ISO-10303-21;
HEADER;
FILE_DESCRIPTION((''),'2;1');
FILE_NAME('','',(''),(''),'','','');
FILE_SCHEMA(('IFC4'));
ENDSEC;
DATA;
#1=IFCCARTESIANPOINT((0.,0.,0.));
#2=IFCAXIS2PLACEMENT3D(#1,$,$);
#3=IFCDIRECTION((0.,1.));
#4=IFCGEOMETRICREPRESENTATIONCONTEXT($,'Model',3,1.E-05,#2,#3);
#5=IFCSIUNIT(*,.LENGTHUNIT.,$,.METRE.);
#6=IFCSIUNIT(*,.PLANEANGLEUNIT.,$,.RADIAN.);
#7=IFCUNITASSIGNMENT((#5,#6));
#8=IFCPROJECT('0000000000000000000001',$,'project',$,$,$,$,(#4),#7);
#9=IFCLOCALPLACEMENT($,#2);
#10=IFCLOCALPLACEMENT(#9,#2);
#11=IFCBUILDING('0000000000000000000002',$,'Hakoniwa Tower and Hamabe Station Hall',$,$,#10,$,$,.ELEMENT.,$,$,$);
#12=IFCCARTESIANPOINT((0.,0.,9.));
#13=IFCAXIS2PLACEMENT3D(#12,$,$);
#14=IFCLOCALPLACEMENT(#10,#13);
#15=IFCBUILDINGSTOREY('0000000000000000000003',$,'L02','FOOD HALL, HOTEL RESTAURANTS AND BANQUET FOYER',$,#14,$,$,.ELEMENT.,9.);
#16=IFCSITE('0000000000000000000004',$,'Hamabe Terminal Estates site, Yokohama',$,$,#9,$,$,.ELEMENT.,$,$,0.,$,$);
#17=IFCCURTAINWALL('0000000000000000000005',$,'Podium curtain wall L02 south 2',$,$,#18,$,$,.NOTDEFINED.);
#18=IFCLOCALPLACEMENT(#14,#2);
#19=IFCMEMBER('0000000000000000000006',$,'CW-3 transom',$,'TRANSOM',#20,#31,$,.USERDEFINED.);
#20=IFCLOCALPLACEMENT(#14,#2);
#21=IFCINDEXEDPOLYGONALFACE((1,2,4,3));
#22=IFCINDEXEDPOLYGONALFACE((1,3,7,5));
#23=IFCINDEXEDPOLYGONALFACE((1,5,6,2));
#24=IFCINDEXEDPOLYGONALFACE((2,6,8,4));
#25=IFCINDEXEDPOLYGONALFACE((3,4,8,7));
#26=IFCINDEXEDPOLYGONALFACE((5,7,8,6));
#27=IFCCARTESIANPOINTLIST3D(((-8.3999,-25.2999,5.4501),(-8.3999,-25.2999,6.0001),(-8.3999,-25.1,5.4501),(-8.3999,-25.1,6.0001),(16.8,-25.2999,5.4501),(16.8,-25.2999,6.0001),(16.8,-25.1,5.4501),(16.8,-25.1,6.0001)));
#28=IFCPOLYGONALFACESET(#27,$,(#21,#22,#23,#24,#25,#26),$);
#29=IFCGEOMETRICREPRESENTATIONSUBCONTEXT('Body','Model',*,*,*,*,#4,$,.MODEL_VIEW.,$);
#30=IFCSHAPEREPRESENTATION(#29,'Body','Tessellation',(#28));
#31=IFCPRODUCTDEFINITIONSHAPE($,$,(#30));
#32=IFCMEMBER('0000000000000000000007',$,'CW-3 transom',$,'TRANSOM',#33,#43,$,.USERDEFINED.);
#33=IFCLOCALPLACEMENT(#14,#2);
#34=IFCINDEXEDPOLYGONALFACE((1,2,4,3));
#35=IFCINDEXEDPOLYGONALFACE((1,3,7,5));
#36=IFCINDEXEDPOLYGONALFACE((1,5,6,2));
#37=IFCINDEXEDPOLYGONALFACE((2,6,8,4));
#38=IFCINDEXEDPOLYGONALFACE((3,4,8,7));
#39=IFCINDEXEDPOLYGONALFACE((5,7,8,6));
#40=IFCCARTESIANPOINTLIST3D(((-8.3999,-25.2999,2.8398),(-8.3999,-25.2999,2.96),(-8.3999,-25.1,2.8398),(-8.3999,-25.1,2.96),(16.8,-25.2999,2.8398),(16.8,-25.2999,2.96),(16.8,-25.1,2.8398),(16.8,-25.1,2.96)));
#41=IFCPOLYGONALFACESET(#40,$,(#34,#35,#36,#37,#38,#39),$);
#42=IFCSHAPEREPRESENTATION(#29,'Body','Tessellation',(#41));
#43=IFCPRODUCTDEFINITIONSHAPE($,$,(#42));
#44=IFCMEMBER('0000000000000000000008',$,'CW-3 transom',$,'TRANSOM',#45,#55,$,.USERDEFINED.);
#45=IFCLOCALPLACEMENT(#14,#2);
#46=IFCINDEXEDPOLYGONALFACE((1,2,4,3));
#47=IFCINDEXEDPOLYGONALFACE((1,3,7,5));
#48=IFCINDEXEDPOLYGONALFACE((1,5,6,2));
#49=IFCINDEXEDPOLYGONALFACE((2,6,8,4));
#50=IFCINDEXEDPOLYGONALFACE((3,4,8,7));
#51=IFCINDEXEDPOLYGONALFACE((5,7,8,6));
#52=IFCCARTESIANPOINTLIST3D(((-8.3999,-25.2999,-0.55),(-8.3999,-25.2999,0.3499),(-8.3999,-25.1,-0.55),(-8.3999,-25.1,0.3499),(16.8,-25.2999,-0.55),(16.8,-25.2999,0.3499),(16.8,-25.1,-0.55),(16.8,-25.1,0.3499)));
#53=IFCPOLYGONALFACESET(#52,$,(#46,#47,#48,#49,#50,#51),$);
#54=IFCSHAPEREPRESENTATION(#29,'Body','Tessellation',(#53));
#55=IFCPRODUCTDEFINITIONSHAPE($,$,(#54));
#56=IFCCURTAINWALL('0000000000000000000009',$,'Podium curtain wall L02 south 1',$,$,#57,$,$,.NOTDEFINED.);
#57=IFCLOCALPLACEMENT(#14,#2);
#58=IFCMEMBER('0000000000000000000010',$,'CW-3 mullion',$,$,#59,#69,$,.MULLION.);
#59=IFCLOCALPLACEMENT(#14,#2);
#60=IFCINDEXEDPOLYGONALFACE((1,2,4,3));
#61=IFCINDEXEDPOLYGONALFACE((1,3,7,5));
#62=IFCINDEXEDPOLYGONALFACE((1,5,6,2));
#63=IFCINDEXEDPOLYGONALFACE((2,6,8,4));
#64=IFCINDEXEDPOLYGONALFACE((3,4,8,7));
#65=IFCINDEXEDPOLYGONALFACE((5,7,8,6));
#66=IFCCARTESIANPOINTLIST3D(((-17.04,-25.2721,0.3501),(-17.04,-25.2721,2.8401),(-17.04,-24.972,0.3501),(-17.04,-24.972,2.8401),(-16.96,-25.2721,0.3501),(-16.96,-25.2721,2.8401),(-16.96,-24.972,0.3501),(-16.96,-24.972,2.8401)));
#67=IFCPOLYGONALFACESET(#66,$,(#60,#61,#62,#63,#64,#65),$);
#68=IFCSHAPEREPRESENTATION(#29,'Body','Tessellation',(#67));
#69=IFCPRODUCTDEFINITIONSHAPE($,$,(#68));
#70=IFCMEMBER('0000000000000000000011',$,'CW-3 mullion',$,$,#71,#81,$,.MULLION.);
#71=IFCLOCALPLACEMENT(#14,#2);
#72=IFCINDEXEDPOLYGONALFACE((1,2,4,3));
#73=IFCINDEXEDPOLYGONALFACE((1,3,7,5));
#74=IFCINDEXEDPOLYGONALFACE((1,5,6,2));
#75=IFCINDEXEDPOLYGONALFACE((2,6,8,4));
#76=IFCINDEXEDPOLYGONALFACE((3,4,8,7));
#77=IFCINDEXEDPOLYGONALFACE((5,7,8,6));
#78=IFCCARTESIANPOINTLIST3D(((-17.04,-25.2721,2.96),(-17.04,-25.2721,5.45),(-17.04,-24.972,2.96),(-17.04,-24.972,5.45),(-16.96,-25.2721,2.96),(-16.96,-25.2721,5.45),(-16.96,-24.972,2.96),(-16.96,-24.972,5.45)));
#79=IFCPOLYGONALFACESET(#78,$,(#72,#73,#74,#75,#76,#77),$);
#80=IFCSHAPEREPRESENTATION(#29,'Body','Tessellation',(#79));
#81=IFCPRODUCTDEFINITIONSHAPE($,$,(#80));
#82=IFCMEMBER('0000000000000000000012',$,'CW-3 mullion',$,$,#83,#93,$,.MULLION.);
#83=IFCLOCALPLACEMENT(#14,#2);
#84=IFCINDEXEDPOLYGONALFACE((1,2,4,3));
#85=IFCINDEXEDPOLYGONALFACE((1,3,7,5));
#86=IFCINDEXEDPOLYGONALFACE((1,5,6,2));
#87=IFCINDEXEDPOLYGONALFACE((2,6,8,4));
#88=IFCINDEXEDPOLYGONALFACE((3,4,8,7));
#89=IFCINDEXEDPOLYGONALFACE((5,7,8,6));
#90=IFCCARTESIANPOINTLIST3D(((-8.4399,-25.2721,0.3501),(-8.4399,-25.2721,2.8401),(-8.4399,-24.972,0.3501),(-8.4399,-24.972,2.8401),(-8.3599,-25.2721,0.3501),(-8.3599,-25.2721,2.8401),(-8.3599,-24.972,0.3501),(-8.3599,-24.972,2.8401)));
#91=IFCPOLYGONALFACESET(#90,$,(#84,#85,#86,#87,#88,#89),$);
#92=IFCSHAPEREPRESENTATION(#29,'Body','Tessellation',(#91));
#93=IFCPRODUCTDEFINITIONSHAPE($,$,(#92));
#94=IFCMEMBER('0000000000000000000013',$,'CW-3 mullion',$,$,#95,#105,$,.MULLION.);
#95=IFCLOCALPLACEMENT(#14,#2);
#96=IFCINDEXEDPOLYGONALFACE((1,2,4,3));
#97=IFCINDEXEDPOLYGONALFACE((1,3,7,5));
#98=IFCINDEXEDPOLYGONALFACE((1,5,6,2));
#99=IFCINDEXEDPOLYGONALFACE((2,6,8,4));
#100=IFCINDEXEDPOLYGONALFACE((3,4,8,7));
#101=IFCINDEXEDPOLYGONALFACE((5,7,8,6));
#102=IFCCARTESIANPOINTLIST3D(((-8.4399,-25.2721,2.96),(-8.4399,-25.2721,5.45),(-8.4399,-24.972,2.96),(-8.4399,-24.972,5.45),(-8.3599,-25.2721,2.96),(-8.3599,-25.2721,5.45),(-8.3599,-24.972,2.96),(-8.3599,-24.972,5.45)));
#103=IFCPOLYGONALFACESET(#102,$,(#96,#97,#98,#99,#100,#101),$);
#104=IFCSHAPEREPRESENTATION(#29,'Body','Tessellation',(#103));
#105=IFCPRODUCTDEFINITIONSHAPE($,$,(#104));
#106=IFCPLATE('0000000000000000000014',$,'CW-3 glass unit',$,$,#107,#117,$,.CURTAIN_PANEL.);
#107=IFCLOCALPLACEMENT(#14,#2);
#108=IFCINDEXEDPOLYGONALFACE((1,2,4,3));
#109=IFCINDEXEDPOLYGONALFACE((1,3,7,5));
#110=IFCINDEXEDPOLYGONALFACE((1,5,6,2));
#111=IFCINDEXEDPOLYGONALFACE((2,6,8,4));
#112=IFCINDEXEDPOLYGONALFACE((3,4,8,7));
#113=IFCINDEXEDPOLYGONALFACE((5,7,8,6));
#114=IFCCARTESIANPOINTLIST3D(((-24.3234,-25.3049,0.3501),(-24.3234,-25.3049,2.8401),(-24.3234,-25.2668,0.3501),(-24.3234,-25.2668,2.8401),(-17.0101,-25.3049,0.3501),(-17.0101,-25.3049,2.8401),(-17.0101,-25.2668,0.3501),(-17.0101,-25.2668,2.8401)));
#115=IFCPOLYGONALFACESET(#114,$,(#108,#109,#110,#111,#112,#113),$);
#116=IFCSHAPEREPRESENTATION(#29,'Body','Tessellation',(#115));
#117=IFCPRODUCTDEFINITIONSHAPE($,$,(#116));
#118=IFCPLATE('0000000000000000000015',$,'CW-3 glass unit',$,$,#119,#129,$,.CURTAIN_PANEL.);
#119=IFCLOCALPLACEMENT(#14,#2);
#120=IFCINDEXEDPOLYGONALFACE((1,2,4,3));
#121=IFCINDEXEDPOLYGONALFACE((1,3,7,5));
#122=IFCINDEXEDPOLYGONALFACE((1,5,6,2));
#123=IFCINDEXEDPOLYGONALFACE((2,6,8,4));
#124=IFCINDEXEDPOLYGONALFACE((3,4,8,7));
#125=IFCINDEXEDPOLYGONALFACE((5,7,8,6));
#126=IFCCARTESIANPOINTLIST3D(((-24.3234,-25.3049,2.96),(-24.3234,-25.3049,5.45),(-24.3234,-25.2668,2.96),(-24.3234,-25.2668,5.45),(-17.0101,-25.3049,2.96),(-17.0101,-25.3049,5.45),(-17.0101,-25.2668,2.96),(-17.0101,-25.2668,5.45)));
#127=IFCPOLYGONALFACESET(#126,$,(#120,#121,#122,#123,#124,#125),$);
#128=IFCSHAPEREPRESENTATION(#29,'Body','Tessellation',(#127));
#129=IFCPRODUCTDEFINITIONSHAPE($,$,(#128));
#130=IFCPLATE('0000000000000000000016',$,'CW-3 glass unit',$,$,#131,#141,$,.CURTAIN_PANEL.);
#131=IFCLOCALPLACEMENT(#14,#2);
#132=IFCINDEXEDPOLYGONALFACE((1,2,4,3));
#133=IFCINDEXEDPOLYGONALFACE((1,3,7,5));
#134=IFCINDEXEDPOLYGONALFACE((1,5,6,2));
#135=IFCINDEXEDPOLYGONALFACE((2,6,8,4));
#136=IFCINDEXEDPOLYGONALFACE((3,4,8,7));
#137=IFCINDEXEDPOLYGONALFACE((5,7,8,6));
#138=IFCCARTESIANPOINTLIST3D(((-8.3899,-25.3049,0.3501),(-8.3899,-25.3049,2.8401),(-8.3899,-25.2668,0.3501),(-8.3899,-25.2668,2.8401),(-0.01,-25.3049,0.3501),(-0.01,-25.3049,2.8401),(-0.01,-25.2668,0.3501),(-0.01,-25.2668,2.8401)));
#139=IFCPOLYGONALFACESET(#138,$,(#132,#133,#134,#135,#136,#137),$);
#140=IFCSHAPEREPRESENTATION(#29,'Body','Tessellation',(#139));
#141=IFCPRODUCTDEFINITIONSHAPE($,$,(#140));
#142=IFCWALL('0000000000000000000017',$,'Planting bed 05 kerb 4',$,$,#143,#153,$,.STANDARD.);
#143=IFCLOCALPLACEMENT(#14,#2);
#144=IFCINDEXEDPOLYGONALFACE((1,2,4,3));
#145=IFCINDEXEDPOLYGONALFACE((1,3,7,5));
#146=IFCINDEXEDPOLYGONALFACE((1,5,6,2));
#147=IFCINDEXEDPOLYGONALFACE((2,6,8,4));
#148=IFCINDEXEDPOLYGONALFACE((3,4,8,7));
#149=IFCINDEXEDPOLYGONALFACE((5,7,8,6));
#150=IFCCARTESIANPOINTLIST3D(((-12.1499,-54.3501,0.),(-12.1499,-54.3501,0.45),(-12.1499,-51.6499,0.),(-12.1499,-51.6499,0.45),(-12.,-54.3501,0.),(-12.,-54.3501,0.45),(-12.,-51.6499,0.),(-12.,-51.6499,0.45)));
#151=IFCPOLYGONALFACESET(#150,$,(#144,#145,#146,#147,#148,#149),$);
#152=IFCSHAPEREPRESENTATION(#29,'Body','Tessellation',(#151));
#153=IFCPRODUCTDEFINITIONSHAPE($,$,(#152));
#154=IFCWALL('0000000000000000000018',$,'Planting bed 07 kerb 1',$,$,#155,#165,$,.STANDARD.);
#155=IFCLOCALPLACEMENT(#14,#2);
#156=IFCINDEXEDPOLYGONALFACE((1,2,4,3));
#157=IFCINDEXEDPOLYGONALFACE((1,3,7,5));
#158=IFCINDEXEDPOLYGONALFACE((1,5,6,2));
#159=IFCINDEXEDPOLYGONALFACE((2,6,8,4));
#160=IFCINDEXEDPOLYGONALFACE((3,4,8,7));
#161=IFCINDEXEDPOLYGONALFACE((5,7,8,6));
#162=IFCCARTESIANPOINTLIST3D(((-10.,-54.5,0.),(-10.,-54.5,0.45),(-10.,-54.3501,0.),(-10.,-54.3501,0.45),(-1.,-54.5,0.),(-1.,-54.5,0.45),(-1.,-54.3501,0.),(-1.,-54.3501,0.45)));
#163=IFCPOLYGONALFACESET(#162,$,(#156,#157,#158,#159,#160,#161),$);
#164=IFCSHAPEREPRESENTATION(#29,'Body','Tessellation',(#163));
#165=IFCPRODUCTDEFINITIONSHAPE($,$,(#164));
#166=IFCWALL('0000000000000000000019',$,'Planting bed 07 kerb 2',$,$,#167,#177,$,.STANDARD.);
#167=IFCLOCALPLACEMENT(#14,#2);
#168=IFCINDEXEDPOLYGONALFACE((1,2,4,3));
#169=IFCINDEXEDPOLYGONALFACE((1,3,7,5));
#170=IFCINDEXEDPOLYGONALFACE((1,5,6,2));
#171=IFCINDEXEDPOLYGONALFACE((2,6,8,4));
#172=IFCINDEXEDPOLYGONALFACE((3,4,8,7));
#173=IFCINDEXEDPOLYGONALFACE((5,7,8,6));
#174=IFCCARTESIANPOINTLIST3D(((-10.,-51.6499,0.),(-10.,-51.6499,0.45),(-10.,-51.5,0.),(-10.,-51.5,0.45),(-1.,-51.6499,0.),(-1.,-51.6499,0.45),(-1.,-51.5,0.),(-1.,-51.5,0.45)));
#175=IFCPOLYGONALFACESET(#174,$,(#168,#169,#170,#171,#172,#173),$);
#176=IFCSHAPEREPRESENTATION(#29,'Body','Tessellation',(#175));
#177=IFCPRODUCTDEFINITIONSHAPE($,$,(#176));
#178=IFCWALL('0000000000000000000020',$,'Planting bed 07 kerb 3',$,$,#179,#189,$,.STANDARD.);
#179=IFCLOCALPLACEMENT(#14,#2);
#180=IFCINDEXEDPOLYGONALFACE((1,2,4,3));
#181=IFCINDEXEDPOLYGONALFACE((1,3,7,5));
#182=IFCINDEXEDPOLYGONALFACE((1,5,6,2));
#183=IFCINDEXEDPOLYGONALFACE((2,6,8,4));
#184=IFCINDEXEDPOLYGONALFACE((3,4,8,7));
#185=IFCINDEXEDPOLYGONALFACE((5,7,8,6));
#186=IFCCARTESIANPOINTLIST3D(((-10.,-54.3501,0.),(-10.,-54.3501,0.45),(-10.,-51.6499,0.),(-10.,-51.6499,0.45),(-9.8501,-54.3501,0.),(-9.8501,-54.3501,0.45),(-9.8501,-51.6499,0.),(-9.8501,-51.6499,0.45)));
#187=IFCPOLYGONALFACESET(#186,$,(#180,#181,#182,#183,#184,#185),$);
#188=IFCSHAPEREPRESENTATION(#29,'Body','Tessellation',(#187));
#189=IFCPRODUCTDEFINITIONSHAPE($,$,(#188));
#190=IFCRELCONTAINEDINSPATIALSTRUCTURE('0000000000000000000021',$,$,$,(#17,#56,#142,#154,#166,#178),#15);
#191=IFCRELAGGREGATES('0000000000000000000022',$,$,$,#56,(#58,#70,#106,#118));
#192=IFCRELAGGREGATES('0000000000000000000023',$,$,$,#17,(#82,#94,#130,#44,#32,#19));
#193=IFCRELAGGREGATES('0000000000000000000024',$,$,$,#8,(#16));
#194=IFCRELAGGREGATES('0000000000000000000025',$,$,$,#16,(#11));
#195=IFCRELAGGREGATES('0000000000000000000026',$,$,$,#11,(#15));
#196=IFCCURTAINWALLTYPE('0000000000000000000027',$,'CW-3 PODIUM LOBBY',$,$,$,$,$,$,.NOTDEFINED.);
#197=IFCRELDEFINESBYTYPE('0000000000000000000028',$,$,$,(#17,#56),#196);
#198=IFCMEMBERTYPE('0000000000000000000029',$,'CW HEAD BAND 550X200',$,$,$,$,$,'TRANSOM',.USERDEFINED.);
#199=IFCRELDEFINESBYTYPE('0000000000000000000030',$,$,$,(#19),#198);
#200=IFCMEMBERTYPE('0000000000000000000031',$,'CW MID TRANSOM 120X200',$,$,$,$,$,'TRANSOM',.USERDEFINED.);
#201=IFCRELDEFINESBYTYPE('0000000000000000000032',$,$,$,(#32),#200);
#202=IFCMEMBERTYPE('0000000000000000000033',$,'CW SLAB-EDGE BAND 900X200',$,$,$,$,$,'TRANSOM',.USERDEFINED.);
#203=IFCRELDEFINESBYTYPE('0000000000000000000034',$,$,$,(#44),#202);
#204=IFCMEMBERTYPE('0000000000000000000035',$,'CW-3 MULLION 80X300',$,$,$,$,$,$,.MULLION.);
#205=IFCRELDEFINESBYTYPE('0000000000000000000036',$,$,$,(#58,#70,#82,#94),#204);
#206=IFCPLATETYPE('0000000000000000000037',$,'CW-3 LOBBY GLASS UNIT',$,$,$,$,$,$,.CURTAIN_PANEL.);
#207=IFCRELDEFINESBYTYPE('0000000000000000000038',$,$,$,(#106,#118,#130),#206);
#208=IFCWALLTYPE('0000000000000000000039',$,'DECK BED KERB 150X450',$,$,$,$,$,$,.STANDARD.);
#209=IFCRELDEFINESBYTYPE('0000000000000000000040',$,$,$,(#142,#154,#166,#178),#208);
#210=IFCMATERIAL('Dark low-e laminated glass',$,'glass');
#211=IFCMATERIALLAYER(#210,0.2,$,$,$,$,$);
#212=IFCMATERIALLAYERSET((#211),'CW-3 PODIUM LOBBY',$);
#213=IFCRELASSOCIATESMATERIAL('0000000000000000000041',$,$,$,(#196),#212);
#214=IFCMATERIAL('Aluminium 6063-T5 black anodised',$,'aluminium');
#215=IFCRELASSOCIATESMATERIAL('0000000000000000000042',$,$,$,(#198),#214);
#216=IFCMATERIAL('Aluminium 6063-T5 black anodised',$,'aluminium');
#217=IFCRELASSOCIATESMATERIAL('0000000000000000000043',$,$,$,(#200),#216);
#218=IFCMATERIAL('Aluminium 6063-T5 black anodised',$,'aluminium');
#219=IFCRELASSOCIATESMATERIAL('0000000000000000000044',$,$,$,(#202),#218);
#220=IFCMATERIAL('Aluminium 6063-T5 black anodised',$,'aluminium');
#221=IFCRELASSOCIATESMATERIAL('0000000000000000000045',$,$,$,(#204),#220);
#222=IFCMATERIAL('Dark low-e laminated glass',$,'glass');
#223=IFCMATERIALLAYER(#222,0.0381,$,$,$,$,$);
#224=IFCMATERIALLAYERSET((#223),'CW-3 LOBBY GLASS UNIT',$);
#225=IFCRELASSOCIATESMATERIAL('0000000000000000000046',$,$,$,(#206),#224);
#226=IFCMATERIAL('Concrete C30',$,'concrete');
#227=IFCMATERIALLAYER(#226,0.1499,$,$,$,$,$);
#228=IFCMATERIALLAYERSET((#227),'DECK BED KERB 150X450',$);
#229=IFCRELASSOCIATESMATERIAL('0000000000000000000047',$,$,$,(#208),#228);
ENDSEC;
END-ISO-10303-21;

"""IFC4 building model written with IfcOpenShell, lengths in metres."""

from ifc_helpers import new_model, si_unit, direction, frame, frame_2d, origin, origin_2d, place, context, subcontext, project, spatial, rectangle, extrude, material, layer, layer_set, material_profile, profile_set, type_object, element, aggregate, save


model = new_model("IFC4")

# Units and contexts
model_context = context("Model", 3, precision=1e-05, world=origin(), true_north=direction((0.0, 1.0)))
body_context = subcontext(model_context, "Body", "Model", "MODEL_VIEW")
ifc_project = project(units=[si_unit("LENGTHUNIT", "METRE"), si_unit("PLANEANGLEUNIT", "RADIAN")], contexts=[model_context])

# Site, building, storey
site_placement = place(None, origin())
site = spatial("IfcSite", under=ifc_project, at=site_placement, Name="Hamabe Terminal Estates site, Yokohama", CompositionType="ELEMENT", RefElevation=0.0)
building_placement = place(site_placement, origin())
building = spatial("IfcBuilding", under=site, at=building_placement, Name="Hakoniwa Tower and Hamabe Station Hall", CompositionType="ELEMENT")
storey_placement = place(building_placement, frame((0.0, 0.0, 9.0)))
storey = spatial("IfcBuildingStorey", under=building, at=storey_placement, Name="L02", Description="FOOD HALL, HOTEL RESTAURANTS AND BANQUET FOYER", CompositionType="ELEMENT", Elevation=9.0)

# Curtain walls, members
ifc_material_1 = material(Name="Dark low-e laminated glass", Category="glass")
ifc_layer_1 = layer(ifc_material_1, 0.2)
ifc_layer_set_1 = layer_set([ifc_layer_1], Name="CW-3 PODIUM LOBBY")
curtain_wall_type = type_object("IfcCurtainWallType", Name="CW-3 PODIUM LOBBY", PredefinedType="NOTDEFINED", material=ifc_layer_set_1)
curtain_wall_1_placement = place(storey_placement, origin())
curtain_wall_1 = element("IfcCurtainWall", 1, at=curtain_wall_1_placement, inside=storey, type_object=curtain_wall_type, Name="Podium curtain wall L02 south 2", PredefinedType="NOTDEFINED")
ifc_material_2 = material(Name="Aluminium 6063-T5 black anodised", Category="aluminium")
ifc_material_profile_1 = material_profile(ifc_material_2, rectangle(XDim=0.2, YDim=0.55, at=origin_2d()), Name="CW HEAD BAND 550X200")
ifc_profile_set_1 = profile_set([ifc_material_profile_1], Name="Aluminium 6063-T5 black anodised")
member_type_1 = type_object("IfcMemberType", Name="CW HEAD BAND 550X200", ElementType="TRANSOM", PredefinedType="USERDEFINED", material=ifc_profile_set_1)
member_1_placement = place(storey_placement, frame((-8.3999, -25.2, 5.7251), z_axis=(1.0, 0.0, 0.0), x_axis=(0.0, 1.0, 0.0)))
member_1 = element("IfcMember", 2, at=member_1_placement, type_object=member_type_1, Name="CW-3 transom", ObjectType="TRANSOM", PredefinedType="USERDEFINED", context=body_context, shape_type="SweptSolid", body=[
    extrude(rectangle(XDim=0.2, YDim=0.55, at=origin_2d()), origin(), (0.0, 0.0, 1.0), 25.2),
])
ifc_material_3 = material(Name="Aluminium 6063-T5 black anodised", Category="aluminium")
ifc_material_profile_2 = material_profile(ifc_material_3, rectangle(XDim=0.2, YDim=0.1201, at=origin_2d()), Name="CW MID TRANSOM 120X200")
ifc_profile_set_2 = profile_set([ifc_material_profile_2], Name="Aluminium 6063-T5 black anodised")
member_type_2 = type_object("IfcMemberType", Name="CW MID TRANSOM 120X200", ElementType="TRANSOM", PredefinedType="USERDEFINED", material=ifc_profile_set_2)
member_2_placement = place(storey_placement, frame((-8.3999, -25.2, 2.8999), z_axis=(1.0, 0.0, 0.0), x_axis=(0.0, 1.0, 0.0)))
member_2 = element("IfcMember", 3, at=member_2_placement, type_object=member_type_2, Name="CW-3 transom", ObjectType="TRANSOM", PredefinedType="USERDEFINED", context=body_context, shape_type="SweptSolid", body=[
    extrude(rectangle(XDim=0.2, YDim=0.1201, at=origin_2d()), origin(), (0.0, 0.0, 1.0), 25.2),
])
ifc_material_4 = material(Name="Aluminium 6063-T5 black anodised", Category="aluminium")
ifc_material_profile_3 = material_profile(ifc_material_4, rectangle(XDim=0.2, YDim=0.8999, at=origin_2d()), Name="CW SLAB-EDGE BAND 900X200")
ifc_profile_set_3 = profile_set([ifc_material_profile_3], Name="Aluminium 6063-T5 black anodised")
member_type_3 = type_object("IfcMemberType", Name="CW SLAB-EDGE BAND 900X200", ElementType="TRANSOM", PredefinedType="USERDEFINED", material=ifc_profile_set_3)
member_3_placement = place(storey_placement, frame((-8.3999, -25.2, -0.1001), z_axis=(1.0, 0.0, 0.0), x_axis=(0.0, 1.0, 0.0)))
member_3 = element("IfcMember", 4, at=member_3_placement, type_object=member_type_3, Name="CW-3 transom", ObjectType="TRANSOM", PredefinedType="USERDEFINED", context=body_context, shape_type="SweptSolid", body=[
    extrude(rectangle(XDim=0.2, YDim=0.8999, at=origin_2d()), origin(), (0.0, 0.0, 1.0), 25.2),
])
curtain_wall_2_placement = place(storey_placement, origin())
curtain_wall_2 = element("IfcCurtainWall", 5, at=curtain_wall_2_placement, inside=storey, type_object=curtain_wall_type, Name="Podium curtain wall L02 south 1", PredefinedType="NOTDEFINED")
ifc_material_5 = material(Name="Aluminium 6063-T5 black anodised", Category="aluminium")
ifc_material_profile_4 = material_profile(ifc_material_5, rectangle(XDim=0.0801, YDim=0.3, at=origin_2d()), Name="CW-3 MULLION 80X300")
ifc_profile_set_4 = profile_set([ifc_material_profile_4], Name="Aluminium 6063-T5 black anodised")
member_type_4 = type_object("IfcMemberType", Name="CW-3 MULLION 80X300", PredefinedType="MULLION", material=ifc_profile_set_4)
member_4_placement = place(storey_placement, frame((-17.0, -25.1221, 0.3501), z_axis=(0.0, 0.0, 1.0), x_axis=(1.0, 0.0, 0.0)))
member_4 = element("IfcMember", 6, at=member_4_placement, type_object=member_type_4, Name="CW-3 mullion", PredefinedType="MULLION", context=body_context, shape_type="SweptSolid", body=[
    extrude(rectangle(XDim=0.0801, YDim=0.3, at=origin_2d()), origin(), (0.0, 0.0, 1.0), 2.49),
])
member_5_placement = place(storey_placement, frame((-17.0, -25.1221, 2.96), z_axis=(0.0, 0.0, 1.0), x_axis=(1.0, 0.0, 0.0)))
member_5 = element("IfcMember", 7, at=member_5_placement, type_object=member_type_4, Name="CW-3 mullion", PredefinedType="MULLION", context=body_context, shape_type="SweptSolid", body=[
    extrude(rectangle(XDim=0.0801, YDim=0.3, at=origin_2d()), origin(), (0.0, 0.0, 1.0), 2.49),
])

# Members
member_6_placement = place(storey_placement, frame((-8.3999, -25.1221, 0.3501), z_axis=(0.0, 0.0, 1.0), x_axis=(1.0, 0.0, 0.0)))
member_6 = element("IfcMember", 8, at=member_6_placement, type_object=member_type_4, Name="CW-3 mullion", PredefinedType="MULLION", context=body_context, shape_type="SweptSolid", body=[
    extrude(rectangle(XDim=0.0801, YDim=0.3, at=origin_2d()), origin(), (0.0, 0.0, 1.0), 2.49),
])
member_7_placement = place(storey_placement, frame((-8.3999, -25.1221, 2.96), z_axis=(0.0, 0.0, 1.0), x_axis=(1.0, 0.0, 0.0)))
member_7 = element("IfcMember", 9, at=member_7_placement, type_object=member_type_4, Name="CW-3 mullion", PredefinedType="MULLION", context=body_context, shape_type="SweptSolid", body=[
    extrude(rectangle(XDim=0.0801, YDim=0.3, at=origin_2d()), origin(), (0.0, 0.0, 1.0), 2.49),
])

# Plates
ifc_material_6 = material(Name="Dark low-e laminated glass", Category="glass")
ifc_layer_2 = layer(ifc_material_6, 0.0381)
ifc_layer_set_2 = layer_set([ifc_layer_2], Name="CW-3 LOBBY GLASS UNIT")
plate_type = type_object("IfcPlateType", Name="CW-3 LOBBY GLASS UNIT", PredefinedType="CURTAIN_PANEL", material=ifc_layer_set_2)
plate_1_placement = place(storey_placement, frame((-20.6667, -25.2859, 0.3501), z_axis=(0.0, 0.0, 1.0), x_axis=(1.0, 0.0, 0.0)))
plate_1 = element("IfcPlate", 10, at=plate_1_placement, type_object=plate_type, Name="CW-3 glass unit", PredefinedType="CURTAIN_PANEL", context=body_context, shape_type="SweptSolid", body=[
    extrude(rectangle(XDim=7.3132, YDim=0.0381, at=origin_2d()), origin(), (0.0, 0.0, 1.0), 2.49),
])
plate_2_placement = place(storey_placement, frame((-20.6667, -25.2859, 2.96), z_axis=(0.0, 0.0, 1.0), x_axis=(1.0, 0.0, 0.0)))
plate_2 = element("IfcPlate", 11, at=plate_2_placement, type_object=plate_type, Name="CW-3 glass unit", PredefinedType="CURTAIN_PANEL", context=body_context, shape_type="SweptSolid", body=[
    extrude(rectangle(XDim=7.3132, YDim=0.0381, at=origin_2d()), origin(), (0.0, 0.0, 1.0), 2.49),
])
aggregate(curtain_wall_2, [member_4, member_5, plate_1, plate_2])
plate_3_placement = place(storey_placement, frame((-4.2, -25.2859, 0.3501), z_axis=(0.0, 0.0, 1.0), x_axis=(1.0, 0.0, 0.0)))
plate_3 = element("IfcPlate", 12, at=plate_3_placement, type_object=plate_type, Name="CW-3 glass unit", PredefinedType="CURTAIN_PANEL", context=body_context, shape_type="SweptSolid", body=[
    extrude(rectangle(XDim=8.3799, YDim=0.0381, at=origin_2d()), origin(), (0.0, 0.0, 1.0), 2.49),
])
aggregate(curtain_wall_1, [member_6, member_7, plate_3, member_3, member_2, member_1])

# Walls
ifc_material_7 = material(Name="Concrete C30", Category="concrete")
ifc_layer_3 = layer(ifc_material_7, 0.1499)
ifc_layer_set_3 = layer_set([ifc_layer_3], Name="DECK BED KERB 150X450")
wall_type_1 = type_object("IfcWallType", Name="DECK BED KERB 150X450", PredefinedType="STANDARD", material=ifc_layer_set_3)
wall_1_placement = place(storey_placement, frame((-12.075, -54.3501, 0.0), z_axis=(0.0, 0.0, 1.0), x_axis=(0.0, 1.0, 0.0)))
element("IfcWall", 13, at=wall_1_placement, inside=storey, type_object=wall_type_1, Name="Planting bed 05 kerb 4", PredefinedType="STANDARD", context=body_context, shape_type="SweptSolid", body=[
    extrude(rectangle(XDim=2.7002, YDim=0.1499, at=frame_2d((1.3501, 0.0))), origin(), (0.0, 0.0, 1.0), 0.45),
])
for number, where, z_axis, x_axis, name in (
    (14, (-10.0, -54.425, 0.0), (0.0, 0.0, 1.0), (1.0, 0.0, 0.0), "Planting bed 07 kerb 1"),
    (15, (-10.0, -51.575, 0.0), (0.0, 0.0, 1.0), (1.0, 0.0, 0.0), "Planting bed 07 kerb 2"),
):
    element("IfcWall", number, at=place(storey_placement, frame(where, z_axis=z_axis, x_axis=x_axis)), inside=storey, type_object=wall_type_1, Name=name, PredefinedType="STANDARD", context=body_context, shape_type="SweptSolid", body=[
        extrude(rectangle(XDim=9.0, YDim=0.1499, at=frame_2d((4.5, 0.0))), origin(), (0.0, 0.0, 1.0), 0.45),
    ])
for number, where, z_axis, x_axis, name in (
    (16, (-9.925, -54.3501, 0.0), (0.0, 0.0, 1.0), (0.0, 1.0, 0.0), "Planting bed 07 kerb 3"),
):
    element("IfcWall", number, at=place(storey_placement, frame(where, z_axis=z_axis, x_axis=x_axis)), inside=storey, type_object=wall_type_1, Name=name, PredefinedType="STANDARD", context=body_context, shape_type="SweptSolid", body=[
        extrude(rectangle(XDim=2.7002, YDim=0.1499, at=frame_2d((1.3501, 0.0))), origin(), (0.0, 0.0, 1.0), 0.45),
    ])

save(model, "model.ifc")
